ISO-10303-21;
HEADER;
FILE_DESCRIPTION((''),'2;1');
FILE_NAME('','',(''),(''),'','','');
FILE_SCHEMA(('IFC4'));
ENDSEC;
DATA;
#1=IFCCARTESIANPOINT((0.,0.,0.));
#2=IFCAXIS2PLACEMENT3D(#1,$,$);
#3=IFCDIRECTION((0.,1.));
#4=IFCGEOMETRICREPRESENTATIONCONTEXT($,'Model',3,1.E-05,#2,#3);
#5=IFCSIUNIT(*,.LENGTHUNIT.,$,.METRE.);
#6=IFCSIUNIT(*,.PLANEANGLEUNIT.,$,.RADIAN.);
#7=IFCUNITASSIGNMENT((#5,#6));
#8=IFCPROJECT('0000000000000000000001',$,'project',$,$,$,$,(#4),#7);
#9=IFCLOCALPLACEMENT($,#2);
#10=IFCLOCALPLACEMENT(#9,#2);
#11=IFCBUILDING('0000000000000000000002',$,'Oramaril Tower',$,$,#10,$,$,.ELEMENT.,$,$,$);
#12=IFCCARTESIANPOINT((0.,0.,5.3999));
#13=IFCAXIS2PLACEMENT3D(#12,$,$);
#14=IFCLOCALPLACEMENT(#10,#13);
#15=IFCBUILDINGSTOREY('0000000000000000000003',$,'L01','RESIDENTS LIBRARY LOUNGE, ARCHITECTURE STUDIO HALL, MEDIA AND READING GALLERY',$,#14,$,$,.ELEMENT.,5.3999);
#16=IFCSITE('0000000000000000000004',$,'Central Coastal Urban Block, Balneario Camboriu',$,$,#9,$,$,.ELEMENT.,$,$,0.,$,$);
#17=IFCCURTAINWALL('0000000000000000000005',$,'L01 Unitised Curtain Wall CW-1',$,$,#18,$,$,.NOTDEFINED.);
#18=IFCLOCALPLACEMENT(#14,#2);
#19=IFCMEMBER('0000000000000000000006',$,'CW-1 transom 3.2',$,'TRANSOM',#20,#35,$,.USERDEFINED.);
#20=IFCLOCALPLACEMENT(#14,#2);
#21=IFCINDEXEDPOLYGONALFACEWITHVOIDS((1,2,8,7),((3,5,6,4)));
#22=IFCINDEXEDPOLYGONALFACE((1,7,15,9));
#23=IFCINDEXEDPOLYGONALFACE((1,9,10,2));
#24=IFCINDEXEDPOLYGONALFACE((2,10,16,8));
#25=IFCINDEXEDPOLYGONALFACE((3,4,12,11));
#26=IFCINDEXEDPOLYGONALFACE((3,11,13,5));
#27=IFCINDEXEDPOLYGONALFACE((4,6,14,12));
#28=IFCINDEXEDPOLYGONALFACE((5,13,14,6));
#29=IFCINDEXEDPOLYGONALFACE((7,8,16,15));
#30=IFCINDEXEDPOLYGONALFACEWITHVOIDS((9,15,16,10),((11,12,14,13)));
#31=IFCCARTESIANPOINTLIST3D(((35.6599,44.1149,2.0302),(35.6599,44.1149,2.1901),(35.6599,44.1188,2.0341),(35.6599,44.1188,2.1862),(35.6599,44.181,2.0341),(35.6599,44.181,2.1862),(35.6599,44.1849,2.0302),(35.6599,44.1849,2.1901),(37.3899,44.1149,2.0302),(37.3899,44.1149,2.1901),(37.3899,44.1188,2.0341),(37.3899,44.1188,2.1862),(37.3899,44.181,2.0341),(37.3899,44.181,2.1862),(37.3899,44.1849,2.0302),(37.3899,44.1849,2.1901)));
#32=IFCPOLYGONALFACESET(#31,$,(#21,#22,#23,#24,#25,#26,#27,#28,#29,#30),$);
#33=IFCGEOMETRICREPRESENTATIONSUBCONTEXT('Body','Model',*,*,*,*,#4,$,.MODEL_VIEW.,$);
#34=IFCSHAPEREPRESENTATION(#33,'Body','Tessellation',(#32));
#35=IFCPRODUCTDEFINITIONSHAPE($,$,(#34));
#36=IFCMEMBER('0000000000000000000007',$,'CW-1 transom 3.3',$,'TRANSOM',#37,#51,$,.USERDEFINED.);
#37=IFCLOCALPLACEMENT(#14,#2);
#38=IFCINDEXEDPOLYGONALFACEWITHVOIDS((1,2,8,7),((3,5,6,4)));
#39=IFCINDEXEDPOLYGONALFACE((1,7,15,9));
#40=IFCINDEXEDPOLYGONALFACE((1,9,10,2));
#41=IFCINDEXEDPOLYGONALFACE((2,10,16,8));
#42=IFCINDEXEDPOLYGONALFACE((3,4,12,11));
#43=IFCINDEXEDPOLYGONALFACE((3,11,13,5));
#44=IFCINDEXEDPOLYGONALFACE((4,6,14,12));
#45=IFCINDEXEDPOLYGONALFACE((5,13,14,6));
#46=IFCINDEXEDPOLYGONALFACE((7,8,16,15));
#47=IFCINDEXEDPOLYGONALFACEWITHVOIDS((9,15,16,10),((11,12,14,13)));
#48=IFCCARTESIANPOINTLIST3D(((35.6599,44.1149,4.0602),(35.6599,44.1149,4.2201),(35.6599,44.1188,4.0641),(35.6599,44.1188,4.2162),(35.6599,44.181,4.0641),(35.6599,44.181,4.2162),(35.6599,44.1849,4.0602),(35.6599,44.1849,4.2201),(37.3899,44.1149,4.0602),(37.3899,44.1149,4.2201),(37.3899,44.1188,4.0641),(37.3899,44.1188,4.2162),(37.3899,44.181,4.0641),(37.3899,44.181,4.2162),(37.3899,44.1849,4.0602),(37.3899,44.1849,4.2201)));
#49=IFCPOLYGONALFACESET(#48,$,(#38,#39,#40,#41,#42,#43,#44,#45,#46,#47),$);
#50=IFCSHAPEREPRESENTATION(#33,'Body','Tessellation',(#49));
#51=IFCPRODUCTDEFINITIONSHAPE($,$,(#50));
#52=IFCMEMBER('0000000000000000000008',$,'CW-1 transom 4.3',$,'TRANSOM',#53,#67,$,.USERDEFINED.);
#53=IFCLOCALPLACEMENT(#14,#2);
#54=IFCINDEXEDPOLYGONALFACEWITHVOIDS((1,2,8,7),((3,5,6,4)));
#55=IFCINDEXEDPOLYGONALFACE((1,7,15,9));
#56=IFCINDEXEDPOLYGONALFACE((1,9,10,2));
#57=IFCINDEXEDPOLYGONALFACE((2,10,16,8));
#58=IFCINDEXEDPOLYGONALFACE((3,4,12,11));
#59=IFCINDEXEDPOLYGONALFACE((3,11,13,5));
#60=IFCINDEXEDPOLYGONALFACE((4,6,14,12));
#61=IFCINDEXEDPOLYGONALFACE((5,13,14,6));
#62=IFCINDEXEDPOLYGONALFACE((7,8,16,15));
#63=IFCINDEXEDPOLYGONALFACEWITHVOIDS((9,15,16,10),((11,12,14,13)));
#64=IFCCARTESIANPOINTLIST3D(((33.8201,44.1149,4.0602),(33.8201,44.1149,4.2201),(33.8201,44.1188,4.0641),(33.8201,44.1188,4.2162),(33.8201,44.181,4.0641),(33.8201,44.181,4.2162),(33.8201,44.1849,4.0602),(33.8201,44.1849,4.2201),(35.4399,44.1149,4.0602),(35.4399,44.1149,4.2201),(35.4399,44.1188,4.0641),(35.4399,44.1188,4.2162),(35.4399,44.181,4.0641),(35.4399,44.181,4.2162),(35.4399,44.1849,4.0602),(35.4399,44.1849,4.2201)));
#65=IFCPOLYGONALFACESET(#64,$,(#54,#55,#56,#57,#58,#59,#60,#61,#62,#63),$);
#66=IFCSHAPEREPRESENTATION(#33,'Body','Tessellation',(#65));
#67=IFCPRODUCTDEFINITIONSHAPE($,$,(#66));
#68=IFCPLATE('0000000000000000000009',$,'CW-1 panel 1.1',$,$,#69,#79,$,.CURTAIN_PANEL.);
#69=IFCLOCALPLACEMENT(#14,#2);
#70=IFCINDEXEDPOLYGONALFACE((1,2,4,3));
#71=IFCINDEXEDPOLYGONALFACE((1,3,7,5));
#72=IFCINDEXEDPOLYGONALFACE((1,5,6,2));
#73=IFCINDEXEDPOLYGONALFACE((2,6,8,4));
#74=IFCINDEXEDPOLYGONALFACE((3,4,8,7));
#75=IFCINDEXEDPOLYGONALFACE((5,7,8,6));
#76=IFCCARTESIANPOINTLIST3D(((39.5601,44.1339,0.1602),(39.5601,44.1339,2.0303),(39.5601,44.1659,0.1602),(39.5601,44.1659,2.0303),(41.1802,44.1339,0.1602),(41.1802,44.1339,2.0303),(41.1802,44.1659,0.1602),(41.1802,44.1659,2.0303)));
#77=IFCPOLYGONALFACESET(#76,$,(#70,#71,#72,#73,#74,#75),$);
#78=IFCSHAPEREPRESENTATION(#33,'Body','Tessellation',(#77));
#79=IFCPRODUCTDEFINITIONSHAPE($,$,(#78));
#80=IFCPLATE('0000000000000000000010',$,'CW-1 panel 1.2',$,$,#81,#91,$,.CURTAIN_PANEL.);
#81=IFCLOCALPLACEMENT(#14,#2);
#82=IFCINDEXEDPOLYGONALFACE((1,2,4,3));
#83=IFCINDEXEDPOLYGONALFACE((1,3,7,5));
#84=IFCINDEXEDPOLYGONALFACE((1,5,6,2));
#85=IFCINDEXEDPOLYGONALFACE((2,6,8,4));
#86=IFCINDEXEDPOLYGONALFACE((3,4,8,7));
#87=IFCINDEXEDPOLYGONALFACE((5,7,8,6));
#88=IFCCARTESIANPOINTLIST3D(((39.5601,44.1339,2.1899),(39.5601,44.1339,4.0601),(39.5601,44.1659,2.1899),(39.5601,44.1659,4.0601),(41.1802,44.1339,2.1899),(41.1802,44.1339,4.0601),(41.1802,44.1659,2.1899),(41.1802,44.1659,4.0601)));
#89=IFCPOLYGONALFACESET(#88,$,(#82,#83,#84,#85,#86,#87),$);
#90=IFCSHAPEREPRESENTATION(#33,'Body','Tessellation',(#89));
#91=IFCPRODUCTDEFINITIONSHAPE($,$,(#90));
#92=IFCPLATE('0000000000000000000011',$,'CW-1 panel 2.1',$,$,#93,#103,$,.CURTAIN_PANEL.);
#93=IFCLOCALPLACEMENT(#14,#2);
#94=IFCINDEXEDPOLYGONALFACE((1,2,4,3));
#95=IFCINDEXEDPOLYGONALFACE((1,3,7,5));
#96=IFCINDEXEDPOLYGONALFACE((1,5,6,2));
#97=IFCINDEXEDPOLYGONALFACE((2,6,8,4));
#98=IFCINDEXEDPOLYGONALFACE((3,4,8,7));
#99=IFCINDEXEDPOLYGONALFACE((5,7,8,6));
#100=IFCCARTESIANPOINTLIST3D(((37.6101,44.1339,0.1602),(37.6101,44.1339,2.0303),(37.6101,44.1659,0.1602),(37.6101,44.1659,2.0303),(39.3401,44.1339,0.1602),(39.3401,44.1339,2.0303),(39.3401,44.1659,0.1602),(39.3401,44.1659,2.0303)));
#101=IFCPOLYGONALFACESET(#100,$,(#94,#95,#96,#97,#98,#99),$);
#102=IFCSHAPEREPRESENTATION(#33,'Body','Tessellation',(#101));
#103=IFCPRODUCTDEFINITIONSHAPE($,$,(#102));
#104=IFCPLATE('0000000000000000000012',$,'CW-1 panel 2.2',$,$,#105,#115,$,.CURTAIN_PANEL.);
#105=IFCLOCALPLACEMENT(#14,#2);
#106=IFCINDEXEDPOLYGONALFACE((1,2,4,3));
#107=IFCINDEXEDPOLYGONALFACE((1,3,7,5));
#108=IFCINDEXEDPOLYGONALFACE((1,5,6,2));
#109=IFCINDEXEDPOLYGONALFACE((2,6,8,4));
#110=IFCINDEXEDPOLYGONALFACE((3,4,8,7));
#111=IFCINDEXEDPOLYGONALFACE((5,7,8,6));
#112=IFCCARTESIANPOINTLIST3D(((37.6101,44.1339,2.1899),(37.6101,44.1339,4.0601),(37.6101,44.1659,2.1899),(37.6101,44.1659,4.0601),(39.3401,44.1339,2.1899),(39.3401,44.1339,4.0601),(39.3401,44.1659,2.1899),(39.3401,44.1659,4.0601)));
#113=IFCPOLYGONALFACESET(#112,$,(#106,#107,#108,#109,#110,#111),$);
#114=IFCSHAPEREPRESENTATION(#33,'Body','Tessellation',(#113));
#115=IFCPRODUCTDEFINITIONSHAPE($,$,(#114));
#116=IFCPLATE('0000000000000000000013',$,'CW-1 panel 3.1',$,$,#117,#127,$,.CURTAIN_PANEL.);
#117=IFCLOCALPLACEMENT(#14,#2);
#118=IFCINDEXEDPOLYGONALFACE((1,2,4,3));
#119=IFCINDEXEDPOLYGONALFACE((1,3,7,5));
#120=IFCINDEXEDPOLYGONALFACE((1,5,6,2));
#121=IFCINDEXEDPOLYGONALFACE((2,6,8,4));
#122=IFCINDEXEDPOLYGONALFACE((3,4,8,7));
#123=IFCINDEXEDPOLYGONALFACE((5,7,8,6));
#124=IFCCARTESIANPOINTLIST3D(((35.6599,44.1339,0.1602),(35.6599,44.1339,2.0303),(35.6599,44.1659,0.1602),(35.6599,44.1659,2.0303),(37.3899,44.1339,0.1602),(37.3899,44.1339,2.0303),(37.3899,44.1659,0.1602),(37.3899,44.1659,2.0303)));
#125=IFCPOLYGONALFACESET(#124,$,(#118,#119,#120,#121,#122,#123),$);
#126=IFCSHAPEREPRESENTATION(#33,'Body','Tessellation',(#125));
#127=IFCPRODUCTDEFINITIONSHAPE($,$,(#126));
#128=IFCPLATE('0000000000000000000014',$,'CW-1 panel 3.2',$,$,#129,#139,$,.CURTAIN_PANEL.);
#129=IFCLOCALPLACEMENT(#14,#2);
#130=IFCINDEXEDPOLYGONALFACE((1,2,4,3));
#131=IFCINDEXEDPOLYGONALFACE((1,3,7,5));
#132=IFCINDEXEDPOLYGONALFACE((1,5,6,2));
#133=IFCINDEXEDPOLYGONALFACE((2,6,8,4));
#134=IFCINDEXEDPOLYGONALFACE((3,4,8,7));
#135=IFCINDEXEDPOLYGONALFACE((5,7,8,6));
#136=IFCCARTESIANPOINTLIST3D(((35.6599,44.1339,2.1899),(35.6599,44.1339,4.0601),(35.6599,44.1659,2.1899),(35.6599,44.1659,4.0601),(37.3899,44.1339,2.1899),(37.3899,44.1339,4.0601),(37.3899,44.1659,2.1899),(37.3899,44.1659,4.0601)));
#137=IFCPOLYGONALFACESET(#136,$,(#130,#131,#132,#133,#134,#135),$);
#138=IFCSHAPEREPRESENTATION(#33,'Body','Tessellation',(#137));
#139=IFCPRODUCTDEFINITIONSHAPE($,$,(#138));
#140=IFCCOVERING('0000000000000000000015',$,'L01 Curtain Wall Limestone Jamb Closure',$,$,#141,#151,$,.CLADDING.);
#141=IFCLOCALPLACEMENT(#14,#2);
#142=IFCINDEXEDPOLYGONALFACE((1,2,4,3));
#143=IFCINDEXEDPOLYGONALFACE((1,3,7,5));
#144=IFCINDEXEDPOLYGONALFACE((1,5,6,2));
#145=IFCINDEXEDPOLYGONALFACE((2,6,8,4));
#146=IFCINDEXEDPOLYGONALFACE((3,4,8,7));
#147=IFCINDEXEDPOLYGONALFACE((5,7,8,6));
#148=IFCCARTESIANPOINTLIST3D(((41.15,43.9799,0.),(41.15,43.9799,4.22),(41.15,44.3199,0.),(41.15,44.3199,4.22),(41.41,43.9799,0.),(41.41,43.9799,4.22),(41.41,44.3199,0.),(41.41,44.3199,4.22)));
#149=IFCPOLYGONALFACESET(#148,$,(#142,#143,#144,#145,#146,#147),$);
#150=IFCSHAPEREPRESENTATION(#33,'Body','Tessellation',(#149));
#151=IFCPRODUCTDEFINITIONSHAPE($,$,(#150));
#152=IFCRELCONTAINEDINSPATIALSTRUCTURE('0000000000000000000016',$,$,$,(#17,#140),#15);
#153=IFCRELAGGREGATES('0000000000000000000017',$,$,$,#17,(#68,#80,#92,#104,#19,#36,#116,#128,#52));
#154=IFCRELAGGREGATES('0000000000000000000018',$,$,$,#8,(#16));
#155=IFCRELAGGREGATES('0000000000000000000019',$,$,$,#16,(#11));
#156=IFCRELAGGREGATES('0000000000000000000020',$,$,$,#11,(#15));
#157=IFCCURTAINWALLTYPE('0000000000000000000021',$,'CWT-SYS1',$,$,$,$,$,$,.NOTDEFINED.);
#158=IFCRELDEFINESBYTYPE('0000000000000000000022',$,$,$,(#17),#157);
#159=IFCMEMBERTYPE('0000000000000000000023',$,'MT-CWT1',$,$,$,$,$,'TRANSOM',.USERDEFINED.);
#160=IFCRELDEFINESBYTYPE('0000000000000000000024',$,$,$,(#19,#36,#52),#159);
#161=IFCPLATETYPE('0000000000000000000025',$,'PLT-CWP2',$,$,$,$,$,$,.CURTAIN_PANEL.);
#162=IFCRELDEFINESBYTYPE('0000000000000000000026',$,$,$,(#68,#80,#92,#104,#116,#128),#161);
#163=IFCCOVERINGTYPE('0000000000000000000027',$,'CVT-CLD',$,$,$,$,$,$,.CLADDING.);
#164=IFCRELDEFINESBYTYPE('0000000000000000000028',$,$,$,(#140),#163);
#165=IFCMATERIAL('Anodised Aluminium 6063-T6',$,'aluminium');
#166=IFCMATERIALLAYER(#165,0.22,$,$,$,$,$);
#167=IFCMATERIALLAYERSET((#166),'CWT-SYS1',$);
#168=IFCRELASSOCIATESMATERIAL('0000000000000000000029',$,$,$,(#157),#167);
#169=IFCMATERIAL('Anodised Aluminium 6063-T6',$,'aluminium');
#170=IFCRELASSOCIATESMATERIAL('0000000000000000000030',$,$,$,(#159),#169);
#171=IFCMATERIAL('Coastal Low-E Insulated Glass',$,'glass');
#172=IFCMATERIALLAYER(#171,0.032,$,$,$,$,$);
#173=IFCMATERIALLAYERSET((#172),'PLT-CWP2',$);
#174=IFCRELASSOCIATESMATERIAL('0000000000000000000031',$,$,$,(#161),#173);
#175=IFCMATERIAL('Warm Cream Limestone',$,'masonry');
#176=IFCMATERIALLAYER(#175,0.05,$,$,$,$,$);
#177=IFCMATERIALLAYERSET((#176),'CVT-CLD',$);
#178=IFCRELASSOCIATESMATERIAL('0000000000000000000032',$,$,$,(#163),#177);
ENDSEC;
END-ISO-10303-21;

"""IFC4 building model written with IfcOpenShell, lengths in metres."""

from ifc_helpers import new_model, si_unit, direction, frame, origin, origin_2d, place, context, subcontext, project, spatial, rectangle, hollow_rectangle, extrude, material, layer, layer_set, material_profile, profile_set, type_object, element, aggregate, save


model = new_model("IFC4")

# Units and contexts
model_context = context("Model", 3, precision=1e-05, world=origin(), true_north=direction((0.0, 1.0)))
body_context = subcontext(model_context, "Body", "Model", "MODEL_VIEW")
ifc_project = project(units=[si_unit("LENGTHUNIT", "METRE"), si_unit("PLANEANGLEUNIT", "RADIAN")], contexts=[model_context])

# Site, building, storey
site_placement = place(None, origin())
site = spatial("IfcSite", under=ifc_project, at=site_placement, Name="Central Coastal Urban Block, Balneario Camboriu", CompositionType="ELEMENT", RefElevation=0.0)
building_placement = place(site_placement, origin())
building = spatial("IfcBuilding", under=site, at=building_placement, Name="Oramaril Tower", CompositionType="ELEMENT")
storey_placement = place(building_placement, frame((0.0, 0.0, 5.3999)))
storey = spatial("IfcBuildingStorey", under=building, at=storey_placement, Name="L01", Description="RESIDENTS LIBRARY LOUNGE, ARCHITECTURE STUDIO HALL, MEDIA AND READING GALLERY", CompositionType="ELEMENT", Elevation=5.3999)

# Curtain wall, members, plates
ifc_material_1 = material(Name="Anodised Aluminium 6063-T6", Category="aluminium")
ifc_layer_1 = layer(ifc_material_1, 0.22)
ifc_layer_set_1 = layer_set([ifc_layer_1], Name="CWT-SYS1")
curtain_wall_type = type_object("IfcCurtainWallType", Name="CWT-SYS1", PredefinedType="NOTDEFINED", material=ifc_layer_set_1)
curtain_wall_placement = place(storey_placement, origin())
curtain_wall = element("IfcCurtainWall", 1, at=curtain_wall_placement, inside=storey, type_object=curtain_wall_type, Name="L01 Unitised Curtain Wall CW-1", PredefinedType="NOTDEFINED")
ifc_material_2 = material(Name="Anodised Aluminium 6063-T6", Category="aluminium")
ifc_material_profile_1 = material_profile(ifc_material_2, hollow_rectangle(XDim=0.0701, YDim=0.1599, WallThickness=0.0039, at=origin_2d()), Name="CWT160X70")
ifc_profile_set_1 = profile_set([ifc_material_profile_1], Name="Anodised Aluminium 6063-T6")
member_type_1 = type_object("IfcMemberType", Name="MT-CWT1", ElementType="TRANSOM", PredefinedType="USERDEFINED", material=ifc_profile_set_1)
member_1_placement = place(storey_placement, frame((37.3899, 44.1499, 2.1101), z_axis=(-1.0, 0.0, 0.0), x_axis=(0.0, -1.0, 0.0)))
member_1 = element("IfcMember", 2, at=member_1_placement, type_object=member_type_1, Name="CW-1 transom 3.2", ObjectType="TRANSOM", PredefinedType="USERDEFINED", context=body_context, shape_type="SweptSolid", body=[
    extrude(hollow_rectangle(XDim=0.0701, YDim=0.1599, WallThickness=0.0039, at=origin_2d()), origin(), (0.0, 0.0, 1.0), 1.73),
])
member_2_placement = place(storey_placement, frame((37.3899, 44.1499, 4.1401), z_axis=(-1.0, 0.0, 0.0), x_axis=(0.0, -1.0, 0.0)))
member_2 = element("IfcMember", 3, at=member_2_placement, type_object=member_type_1, Name="CW-1 transom 3.3", ObjectType="TRANSOM", PredefinedType="USERDEFINED", context=body_context, shape_type="SweptSolid", body=[
    extrude(hollow_rectangle(XDim=0.0701, YDim=0.1599, WallThickness=0.0039, at=origin_2d()), origin(), (0.0, 0.0, 1.0), 1.73),
])
member_3_placement = place(storey_placement, frame((35.4399, 44.1499, 4.1401), z_axis=(-1.0, 0.0, 0.0), x_axis=(0.0, -1.0, 0.0)))
member_3 = element("IfcMember", 4, at=member_3_placement, type_object=member_type_1, Name="CW-1 transom 4.3", ObjectType="TRANSOM", PredefinedType="USERDEFINED", context=body_context, shape_type="SweptSolid", body=[
    extrude(hollow_rectangle(XDim=0.0701, YDim=0.1599, WallThickness=0.0039, at=origin_2d()), origin(), (0.0, 0.0, 1.0), 1.6199),
])
ifc_material_3 = material(Name="Coastal Low-E Insulated Glass", Category="glass")
ifc_layer_2 = layer(ifc_material_3, 0.032)
ifc_layer_set_2 = layer_set([ifc_layer_2], Name="PLT-CWP2")
plate_type = type_object("IfcPlateType", Name="PLT-CWP2", PredefinedType="CURTAIN_PANEL", material=ifc_layer_set_2)
plate_1_placement = place(storey_placement, frame((40.3701, 44.1499, 0.1602), z_axis=(0.0, 0.0, 1.0), x_axis=(-1.0, 0.0, 0.0)))
plate_1 = element("IfcPlate", 5, at=plate_1_placement, type_object=plate_type, Name="CW-1 panel 1.1", PredefinedType="CURTAIN_PANEL", context=body_context, shape_type="SweptSolid", body=[
    extrude(rectangle(XDim=1.6201, YDim=0.032, at=origin_2d()), origin(), (0.0, 0.0, 1.0), 1.8701),
])
plate_2_placement = place(storey_placement, frame((40.3701, 44.1499, 2.1899), z_axis=(0.0, 0.0, 1.0), x_axis=(-1.0, 0.0, 0.0)))
plate_2 = element("IfcPlate", 6, at=plate_2_placement, type_object=plate_type, Name="CW-1 panel 1.2", PredefinedType="CURTAIN_PANEL", context=body_context, shape_type="SweptSolid", body=[
    extrude(rectangle(XDim=1.6201, YDim=0.032, at=origin_2d()), origin(), (0.0, 0.0, 1.0), 1.8701),
])
plate_3_placement = place(storey_placement, frame((38.4751, 44.1499, 0.1602), z_axis=(0.0, 0.0, 1.0), x_axis=(-1.0, 0.0, 0.0)))
plate_3 = element("IfcPlate", 7, at=plate_3_placement, type_object=plate_type, Name="CW-1 panel 2.1", PredefinedType="CURTAIN_PANEL", context=body_context, shape_type="SweptSolid", body=[
    extrude(rectangle(XDim=1.73, YDim=0.032, at=origin_2d()), origin(), (0.0, 0.0, 1.0), 1.8701),
])
plate_4_placement = place(storey_placement, frame((38.4751, 44.1499, 2.1899), z_axis=(0.0, 0.0, 1.0), x_axis=(-1.0, 0.0, 0.0)))
plate_4 = element("IfcPlate", 8, at=plate_4_placement, type_object=plate_type, Name="CW-1 panel 2.2", PredefinedType="CURTAIN_PANEL", context=body_context, shape_type="SweptSolid", body=[
    extrude(rectangle(XDim=1.73, YDim=0.032, at=origin_2d()), origin(), (0.0, 0.0, 1.0), 1.8701),
])
plate_5_placement = place(storey_placement, frame((36.5249, 44.1499, 0.1602), z_axis=(0.0, 0.0, 1.0), x_axis=(-1.0, 0.0, 0.0)))
plate_5 = element("IfcPlate", 9, at=plate_5_placement, type_object=plate_type, Name="CW-1 panel 3.1", PredefinedType="CURTAIN_PANEL", context=body_context, shape_type="SweptSolid", body=[
    extrude(rectangle(XDim=1.73, YDim=0.032, at=origin_2d()), origin(), (0.0, 0.0, 1.0), 1.8701),
])
plate_6_placement = place(storey_placement, frame((36.5249, 44.1499, 2.1899), z_axis=(0.0, 0.0, 1.0), x_axis=(-1.0, 0.0, 0.0)))
plate_6 = element("IfcPlate", 10, at=plate_6_placement, type_object=plate_type, Name="CW-1 panel 3.2", PredefinedType="CURTAIN_PANEL", context=body_context, shape_type="SweptSolid", body=[
    extrude(rectangle(XDim=1.73, YDim=0.032, at=origin_2d()), origin(), (0.0, 0.0, 1.0), 1.8701),
])
aggregate(curtain_wall, [plate_1, plate_2, plate_3, plate_4, member_1, member_2, plate_5, plate_6, member_3])

# Covering
ifc_material_4 = material(Name="Warm Cream Limestone", Category="masonry")
ifc_layer_3 = layer(ifc_material_4, 0.05)
ifc_layer_set_3 = layer_set([ifc_layer_3], Name="CVT-CLD")
covering_type = type_object("IfcCoveringType", Name="CVT-CLD", PredefinedType="CLADDING", material=ifc_layer_set_3)
covering_placement = place(storey_placement, frame((41.28, 44.1499, 0.0), z_axis=(0.0, 0.0, 1.0), x_axis=(-1.0, 0.0, 0.0)))
element("IfcCovering", 11, at=covering_placement, inside=storey, type_object=covering_type, Name="L01 Curtain Wall Limestone Jamb Closure", PredefinedType="CLADDING", context=body_context, shape_type="SweptSolid", body=[
    extrude(rectangle(XDim=0.26, YDim=0.3401, at=origin_2d()), origin(), (0.0, 0.0, 1.0), 4.22),
])

save(model, "model.ifc")
